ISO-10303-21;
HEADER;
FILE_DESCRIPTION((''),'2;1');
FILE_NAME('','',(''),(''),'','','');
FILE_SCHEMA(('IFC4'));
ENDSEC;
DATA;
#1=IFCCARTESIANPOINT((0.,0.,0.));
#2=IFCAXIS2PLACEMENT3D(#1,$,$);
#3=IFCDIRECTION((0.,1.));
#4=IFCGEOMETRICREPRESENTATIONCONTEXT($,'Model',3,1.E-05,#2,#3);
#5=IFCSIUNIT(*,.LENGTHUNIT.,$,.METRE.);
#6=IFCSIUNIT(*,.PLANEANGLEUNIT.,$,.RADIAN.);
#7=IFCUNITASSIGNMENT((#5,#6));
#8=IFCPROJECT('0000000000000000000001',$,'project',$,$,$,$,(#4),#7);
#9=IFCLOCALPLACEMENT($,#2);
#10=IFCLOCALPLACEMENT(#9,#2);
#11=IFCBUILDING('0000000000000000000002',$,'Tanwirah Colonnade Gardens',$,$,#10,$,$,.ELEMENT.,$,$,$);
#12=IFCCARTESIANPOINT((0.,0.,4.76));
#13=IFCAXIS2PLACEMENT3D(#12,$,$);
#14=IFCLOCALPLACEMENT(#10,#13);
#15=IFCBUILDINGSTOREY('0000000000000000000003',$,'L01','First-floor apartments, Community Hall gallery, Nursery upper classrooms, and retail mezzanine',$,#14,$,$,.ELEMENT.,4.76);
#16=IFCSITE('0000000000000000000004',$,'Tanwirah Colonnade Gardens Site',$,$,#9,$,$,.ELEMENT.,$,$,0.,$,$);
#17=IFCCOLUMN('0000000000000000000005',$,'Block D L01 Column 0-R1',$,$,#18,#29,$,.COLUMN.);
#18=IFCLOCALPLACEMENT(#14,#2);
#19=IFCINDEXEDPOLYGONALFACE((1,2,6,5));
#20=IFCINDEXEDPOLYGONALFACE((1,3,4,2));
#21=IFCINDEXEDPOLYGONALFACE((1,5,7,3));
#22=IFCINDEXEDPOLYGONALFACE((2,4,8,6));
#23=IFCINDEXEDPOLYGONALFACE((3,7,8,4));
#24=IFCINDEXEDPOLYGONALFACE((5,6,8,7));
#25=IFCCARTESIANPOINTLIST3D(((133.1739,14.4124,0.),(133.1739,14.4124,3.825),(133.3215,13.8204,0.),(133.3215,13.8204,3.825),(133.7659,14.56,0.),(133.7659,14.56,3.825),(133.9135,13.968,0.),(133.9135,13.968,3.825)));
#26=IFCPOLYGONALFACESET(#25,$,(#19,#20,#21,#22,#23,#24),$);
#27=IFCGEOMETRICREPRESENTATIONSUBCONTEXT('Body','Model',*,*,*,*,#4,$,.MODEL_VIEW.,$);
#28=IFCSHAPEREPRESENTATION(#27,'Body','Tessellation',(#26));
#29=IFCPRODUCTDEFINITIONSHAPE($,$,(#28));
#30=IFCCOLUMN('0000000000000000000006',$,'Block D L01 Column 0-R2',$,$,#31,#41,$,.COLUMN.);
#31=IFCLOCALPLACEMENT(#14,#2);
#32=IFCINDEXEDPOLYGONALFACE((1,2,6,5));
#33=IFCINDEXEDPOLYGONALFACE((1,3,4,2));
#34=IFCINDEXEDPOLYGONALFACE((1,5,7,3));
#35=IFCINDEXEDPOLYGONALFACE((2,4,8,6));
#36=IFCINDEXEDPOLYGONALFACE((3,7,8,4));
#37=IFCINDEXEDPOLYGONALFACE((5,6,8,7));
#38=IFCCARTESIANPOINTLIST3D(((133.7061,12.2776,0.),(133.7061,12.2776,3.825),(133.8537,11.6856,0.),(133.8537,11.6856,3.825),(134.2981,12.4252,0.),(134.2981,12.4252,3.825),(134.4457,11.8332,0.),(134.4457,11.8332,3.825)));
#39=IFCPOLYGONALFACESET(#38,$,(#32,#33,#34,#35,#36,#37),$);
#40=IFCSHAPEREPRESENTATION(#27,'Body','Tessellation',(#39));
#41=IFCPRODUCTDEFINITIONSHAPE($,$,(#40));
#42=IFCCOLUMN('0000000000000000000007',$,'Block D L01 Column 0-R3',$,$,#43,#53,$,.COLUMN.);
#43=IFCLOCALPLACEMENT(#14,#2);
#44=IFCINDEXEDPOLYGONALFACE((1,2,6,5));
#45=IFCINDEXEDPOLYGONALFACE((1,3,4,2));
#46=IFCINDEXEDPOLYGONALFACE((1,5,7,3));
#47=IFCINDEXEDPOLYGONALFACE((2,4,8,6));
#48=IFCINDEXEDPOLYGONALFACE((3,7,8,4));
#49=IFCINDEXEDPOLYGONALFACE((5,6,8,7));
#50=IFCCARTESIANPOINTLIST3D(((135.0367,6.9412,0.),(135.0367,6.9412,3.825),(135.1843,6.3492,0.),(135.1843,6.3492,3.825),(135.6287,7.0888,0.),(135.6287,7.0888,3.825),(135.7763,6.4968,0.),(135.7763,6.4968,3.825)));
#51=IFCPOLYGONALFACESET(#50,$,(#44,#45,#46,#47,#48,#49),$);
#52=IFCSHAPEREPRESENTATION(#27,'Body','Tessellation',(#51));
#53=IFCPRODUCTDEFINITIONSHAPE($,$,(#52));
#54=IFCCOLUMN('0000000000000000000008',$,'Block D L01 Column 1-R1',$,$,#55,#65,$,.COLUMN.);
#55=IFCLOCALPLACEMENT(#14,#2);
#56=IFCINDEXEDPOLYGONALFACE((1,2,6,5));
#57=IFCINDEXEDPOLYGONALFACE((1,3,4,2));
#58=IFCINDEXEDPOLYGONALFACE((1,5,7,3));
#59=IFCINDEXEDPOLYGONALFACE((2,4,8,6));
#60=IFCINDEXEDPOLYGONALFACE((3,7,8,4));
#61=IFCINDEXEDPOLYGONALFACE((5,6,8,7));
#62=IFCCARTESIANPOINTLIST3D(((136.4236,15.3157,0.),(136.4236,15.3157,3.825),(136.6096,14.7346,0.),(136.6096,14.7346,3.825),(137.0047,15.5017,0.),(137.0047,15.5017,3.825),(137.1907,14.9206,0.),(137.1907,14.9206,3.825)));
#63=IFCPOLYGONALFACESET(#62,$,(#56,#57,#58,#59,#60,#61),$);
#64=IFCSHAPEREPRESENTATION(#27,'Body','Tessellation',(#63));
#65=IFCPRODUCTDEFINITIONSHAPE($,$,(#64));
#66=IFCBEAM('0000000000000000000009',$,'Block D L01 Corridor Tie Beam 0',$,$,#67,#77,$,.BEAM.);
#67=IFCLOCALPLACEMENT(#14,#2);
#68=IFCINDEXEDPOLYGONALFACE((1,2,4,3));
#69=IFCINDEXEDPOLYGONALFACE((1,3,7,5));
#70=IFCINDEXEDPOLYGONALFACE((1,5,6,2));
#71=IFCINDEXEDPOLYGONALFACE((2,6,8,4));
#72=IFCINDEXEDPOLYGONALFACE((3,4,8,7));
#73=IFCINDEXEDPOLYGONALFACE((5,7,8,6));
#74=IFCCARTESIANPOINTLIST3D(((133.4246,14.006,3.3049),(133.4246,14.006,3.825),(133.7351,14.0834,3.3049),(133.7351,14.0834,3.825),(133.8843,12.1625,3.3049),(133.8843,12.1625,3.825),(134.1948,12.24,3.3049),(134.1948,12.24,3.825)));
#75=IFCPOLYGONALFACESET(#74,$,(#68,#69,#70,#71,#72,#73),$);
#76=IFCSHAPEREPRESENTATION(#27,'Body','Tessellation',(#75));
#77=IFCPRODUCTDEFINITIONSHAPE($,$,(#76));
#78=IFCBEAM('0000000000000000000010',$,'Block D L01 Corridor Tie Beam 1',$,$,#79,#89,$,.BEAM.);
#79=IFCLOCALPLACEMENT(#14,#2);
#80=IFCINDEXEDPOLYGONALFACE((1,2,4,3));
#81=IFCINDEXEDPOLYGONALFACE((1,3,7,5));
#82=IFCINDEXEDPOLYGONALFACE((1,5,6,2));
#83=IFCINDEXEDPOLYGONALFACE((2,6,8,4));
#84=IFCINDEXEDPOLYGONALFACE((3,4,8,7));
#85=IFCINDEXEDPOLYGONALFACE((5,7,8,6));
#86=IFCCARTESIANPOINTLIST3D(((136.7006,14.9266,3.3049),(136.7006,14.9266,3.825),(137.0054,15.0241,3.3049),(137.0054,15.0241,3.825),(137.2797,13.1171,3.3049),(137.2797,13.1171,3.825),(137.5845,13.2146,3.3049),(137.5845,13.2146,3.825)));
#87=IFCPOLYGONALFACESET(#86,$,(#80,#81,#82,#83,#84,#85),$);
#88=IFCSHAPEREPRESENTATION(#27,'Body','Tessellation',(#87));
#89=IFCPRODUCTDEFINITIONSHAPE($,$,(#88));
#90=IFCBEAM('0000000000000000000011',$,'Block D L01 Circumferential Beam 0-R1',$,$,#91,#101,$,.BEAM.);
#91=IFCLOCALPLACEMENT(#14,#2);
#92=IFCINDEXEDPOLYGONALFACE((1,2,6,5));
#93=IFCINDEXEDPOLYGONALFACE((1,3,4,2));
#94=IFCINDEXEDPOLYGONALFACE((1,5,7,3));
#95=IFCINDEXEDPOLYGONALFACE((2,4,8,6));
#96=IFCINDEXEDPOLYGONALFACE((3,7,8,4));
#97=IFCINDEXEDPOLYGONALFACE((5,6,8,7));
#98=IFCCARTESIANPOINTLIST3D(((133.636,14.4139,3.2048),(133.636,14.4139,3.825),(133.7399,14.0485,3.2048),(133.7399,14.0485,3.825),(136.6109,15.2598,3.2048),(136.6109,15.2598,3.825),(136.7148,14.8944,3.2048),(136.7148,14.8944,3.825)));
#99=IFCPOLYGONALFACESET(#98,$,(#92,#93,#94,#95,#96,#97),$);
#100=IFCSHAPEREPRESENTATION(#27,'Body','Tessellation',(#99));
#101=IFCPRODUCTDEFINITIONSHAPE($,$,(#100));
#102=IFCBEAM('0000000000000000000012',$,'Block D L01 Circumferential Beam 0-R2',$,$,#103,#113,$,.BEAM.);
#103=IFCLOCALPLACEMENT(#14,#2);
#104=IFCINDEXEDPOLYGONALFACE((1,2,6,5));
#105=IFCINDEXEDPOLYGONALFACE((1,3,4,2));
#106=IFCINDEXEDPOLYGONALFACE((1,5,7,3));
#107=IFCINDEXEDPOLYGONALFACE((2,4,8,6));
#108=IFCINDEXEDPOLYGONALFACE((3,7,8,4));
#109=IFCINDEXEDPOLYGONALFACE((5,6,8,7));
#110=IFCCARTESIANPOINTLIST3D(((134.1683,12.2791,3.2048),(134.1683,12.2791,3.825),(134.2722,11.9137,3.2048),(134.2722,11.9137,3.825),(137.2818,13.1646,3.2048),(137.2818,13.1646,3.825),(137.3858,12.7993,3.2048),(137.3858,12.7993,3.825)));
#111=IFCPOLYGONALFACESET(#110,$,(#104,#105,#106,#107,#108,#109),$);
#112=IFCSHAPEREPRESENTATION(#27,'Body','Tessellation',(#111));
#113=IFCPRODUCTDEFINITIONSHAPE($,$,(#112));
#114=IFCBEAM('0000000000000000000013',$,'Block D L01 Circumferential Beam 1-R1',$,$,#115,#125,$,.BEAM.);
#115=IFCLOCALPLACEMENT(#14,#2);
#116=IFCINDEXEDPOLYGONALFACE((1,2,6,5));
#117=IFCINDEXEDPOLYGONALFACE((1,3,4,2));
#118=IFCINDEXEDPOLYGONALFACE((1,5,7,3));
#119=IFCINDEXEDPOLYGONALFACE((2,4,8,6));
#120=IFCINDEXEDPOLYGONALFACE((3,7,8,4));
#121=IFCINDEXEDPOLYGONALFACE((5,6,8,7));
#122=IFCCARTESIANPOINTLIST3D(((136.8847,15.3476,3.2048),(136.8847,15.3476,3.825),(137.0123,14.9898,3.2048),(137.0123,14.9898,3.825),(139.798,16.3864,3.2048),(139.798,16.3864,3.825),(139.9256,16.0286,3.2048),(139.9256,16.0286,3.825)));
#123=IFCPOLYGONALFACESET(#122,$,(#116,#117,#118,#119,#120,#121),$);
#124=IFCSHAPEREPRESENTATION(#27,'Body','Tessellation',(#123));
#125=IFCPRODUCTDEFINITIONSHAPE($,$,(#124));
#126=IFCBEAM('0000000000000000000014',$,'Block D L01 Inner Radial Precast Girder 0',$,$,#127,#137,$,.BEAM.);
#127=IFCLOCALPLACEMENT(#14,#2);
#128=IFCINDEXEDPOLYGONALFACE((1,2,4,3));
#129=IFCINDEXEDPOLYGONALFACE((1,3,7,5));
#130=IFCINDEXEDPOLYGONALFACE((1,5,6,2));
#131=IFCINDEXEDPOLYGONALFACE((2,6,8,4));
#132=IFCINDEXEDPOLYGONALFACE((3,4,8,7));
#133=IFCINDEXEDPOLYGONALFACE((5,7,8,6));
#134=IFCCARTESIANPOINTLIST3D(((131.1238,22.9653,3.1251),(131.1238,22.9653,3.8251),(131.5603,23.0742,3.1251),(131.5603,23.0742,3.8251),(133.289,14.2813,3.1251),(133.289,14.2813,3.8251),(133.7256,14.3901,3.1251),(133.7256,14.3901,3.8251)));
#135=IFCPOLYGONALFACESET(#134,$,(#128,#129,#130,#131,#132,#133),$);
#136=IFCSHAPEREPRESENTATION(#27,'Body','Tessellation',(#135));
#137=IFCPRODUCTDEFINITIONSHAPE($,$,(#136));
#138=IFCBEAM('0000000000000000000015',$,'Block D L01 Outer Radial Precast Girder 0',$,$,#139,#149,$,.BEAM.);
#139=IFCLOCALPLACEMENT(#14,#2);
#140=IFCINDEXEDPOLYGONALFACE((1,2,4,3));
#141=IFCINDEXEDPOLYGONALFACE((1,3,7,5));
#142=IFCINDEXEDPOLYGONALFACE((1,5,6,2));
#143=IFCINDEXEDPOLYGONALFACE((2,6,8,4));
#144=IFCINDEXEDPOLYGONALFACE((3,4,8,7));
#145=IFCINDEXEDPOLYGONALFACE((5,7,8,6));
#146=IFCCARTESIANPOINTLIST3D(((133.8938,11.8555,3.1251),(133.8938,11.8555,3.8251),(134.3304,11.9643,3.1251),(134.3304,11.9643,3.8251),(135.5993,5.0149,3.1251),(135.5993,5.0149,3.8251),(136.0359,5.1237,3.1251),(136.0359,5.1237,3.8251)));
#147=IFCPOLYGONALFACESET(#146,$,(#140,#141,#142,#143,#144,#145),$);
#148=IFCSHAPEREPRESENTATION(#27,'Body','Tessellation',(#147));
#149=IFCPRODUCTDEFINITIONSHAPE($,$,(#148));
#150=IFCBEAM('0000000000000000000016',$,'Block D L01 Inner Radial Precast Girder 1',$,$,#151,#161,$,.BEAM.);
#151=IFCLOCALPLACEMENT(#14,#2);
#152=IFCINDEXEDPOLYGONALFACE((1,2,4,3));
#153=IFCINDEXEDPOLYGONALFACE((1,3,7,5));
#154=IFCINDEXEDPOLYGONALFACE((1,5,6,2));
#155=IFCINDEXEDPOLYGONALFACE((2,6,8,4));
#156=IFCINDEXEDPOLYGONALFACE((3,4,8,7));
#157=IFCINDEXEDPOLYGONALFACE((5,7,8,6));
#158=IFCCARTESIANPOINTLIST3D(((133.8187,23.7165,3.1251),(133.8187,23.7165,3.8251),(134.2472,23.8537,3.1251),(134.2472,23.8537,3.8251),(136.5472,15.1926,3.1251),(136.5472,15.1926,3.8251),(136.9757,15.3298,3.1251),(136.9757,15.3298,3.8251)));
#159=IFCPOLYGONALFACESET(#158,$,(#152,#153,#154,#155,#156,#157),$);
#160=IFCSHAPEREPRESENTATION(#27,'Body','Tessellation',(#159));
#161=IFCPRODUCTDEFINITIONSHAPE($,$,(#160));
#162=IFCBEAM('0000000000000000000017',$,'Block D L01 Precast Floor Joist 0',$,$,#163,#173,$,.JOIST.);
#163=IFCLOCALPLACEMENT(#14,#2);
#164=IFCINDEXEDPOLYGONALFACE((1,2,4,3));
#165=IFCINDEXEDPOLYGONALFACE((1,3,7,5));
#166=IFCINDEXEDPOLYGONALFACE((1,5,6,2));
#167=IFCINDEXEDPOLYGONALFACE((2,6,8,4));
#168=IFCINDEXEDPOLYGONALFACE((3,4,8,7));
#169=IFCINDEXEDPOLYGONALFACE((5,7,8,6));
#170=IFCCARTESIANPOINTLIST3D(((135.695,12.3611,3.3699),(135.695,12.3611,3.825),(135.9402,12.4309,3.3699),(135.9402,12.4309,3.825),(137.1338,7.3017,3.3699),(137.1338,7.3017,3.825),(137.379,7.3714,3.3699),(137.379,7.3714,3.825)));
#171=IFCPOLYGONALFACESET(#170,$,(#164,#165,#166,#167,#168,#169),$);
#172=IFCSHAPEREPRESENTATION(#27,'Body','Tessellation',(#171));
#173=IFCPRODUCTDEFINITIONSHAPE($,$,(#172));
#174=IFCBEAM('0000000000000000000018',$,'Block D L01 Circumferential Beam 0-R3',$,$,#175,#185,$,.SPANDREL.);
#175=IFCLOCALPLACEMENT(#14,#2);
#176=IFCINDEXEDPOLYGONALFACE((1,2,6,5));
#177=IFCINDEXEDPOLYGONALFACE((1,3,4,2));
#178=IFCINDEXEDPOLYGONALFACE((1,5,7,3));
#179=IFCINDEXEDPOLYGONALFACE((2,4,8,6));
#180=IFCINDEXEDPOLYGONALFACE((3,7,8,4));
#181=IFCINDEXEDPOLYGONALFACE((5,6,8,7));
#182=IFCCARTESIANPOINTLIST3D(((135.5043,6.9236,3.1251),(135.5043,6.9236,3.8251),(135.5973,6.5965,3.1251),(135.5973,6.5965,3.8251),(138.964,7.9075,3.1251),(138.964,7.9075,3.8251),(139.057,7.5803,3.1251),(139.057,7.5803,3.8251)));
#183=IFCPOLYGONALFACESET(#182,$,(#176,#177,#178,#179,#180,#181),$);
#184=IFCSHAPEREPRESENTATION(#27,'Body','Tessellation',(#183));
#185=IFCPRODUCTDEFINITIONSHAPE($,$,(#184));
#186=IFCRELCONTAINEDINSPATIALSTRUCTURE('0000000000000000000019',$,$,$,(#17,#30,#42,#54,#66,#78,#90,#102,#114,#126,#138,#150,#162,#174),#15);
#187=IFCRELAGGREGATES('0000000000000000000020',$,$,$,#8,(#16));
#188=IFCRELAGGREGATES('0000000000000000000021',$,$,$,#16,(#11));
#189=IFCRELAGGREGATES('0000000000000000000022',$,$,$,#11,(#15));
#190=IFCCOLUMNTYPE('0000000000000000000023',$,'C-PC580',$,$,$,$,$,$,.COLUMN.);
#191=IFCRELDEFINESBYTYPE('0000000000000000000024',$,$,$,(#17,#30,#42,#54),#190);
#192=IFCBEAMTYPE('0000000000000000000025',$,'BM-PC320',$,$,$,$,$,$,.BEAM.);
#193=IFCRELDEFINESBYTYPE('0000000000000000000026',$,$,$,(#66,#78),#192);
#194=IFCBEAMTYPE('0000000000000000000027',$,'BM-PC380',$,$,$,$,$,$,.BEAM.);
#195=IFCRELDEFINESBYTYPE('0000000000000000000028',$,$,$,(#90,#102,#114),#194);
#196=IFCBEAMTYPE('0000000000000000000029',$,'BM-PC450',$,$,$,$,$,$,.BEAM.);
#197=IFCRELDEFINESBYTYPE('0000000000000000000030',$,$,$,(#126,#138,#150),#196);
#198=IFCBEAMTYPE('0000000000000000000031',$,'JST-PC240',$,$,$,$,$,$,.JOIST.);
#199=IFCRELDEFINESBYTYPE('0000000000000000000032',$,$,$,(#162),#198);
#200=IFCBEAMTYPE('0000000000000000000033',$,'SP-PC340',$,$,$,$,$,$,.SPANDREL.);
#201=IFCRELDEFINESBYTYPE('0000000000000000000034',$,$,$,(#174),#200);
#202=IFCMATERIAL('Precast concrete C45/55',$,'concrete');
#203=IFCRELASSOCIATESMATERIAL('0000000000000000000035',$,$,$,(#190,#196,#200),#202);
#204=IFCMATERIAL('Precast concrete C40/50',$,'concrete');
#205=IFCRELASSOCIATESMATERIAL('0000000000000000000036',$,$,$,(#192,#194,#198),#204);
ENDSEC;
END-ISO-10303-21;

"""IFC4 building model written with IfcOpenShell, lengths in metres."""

from ifc_helpers import new_model, si_unit, direction, frame, origin, origin_2d, place, context, subcontext, project, spatial, rectangle, extrude, material, material_profile, profile_set, type_object, element, save


model = new_model("IFC4")

# Units and contexts
model_context = context("Model", 3, precision=1e-05, world=origin(), true_north=direction((0.0, 1.0)))
body_context = subcontext(model_context, "Body", "Model", "MODEL_VIEW")
ifc_project = project(units=[si_unit("LENGTHUNIT", "METRE"), si_unit("PLANEANGLEUNIT", "RADIAN")], contexts=[model_context])

# Site, building, storey
site_placement = place(None, origin())
site = spatial("IfcSite", under=ifc_project, at=site_placement, Name="Tanwirah Colonnade Gardens Site", CompositionType="ELEMENT", RefElevation=0.0)
building_placement = place(site_placement, origin())
building = spatial("IfcBuilding", under=site, at=building_placement, Name="Tanwirah Colonnade Gardens", CompositionType="ELEMENT")
storey_placement = place(building_placement, frame((0.0, 0.0, 4.76)))
storey = spatial("IfcBuildingStorey", under=building, at=storey_placement, Name="L01", Description="First-floor apartments, Community Hall gallery, Nursery upper classrooms, and retail mezzanine", CompositionType="ELEMENT", Elevation=4.76)

# Columns
ifc_material_1 = material(Name="Precast concrete C45/55", Category="concrete")
ifc_material_profile_1 = material_profile(ifc_material_1, rectangle(XDim=0.6101, YDim=0.6101, at=origin_2d()), Name="PC-COL 610x610")
ifc_profile_set_1 = profile_set([ifc_material_profile_1], Name="Precast concrete C45/55")
column_type = type_object("IfcColumnType", Name="C-PC580", PredefinedType="COLUMN", material=ifc_profile_set_1)
for number, where, z_axis, x_axis, name in (
    (1, (133.5437, 14.1902, 0.0), (0.0, 0.0, 1.0), (0.241922, -0.970296, 0.0), "Block D L01 Column 0-R1"),
    (2, (134.0759, 12.0554, 0.0), (0.0, 0.0, 1.0), (0.241922, -0.970296, 0.0), "Block D L01 Column 0-R2"),
    (3, (135.4065, 6.719, 0.0), (0.0, 0.0, 1.0), (0.241922, -0.970296, 0.0), "Block D L01 Column 0-R3"),
    (4, (136.8071, 15.1182, 0.0), (0.0, 0.0, 1.0), (0.304864, -0.952396, 0.0), "Block D L01 Column 1-R1"),
):
    element("IfcColumn", number, at=place(storey_placement, frame(where, z_axis=z_axis, x_axis=x_axis)), inside=storey, type_object=column_type, Name=name, PredefinedType="COLUMN", context=body_context, shape_type="SweptSolid", body=[
        extrude(rectangle(XDim=0.6101, YDim=0.6101, at=origin_2d()), origin(), (0.0, 0.0, 1.0), 3.825),
    ])

# Beams
ifc_material_2 = material(Name="Precast concrete C40/50", Category="concrete")
ifc_material_profile_2 = material_profile(ifc_material_2, rectangle(XDim=0.3201, YDim=0.52, at=origin_2d()), Name="PC-BM 320x520")
ifc_profile_set_2 = profile_set([ifc_material_profile_2], Name="Precast concrete C40/50")
beam_type_1 = type_object("IfcBeamType", Name="BM-PC320", PredefinedType="BEAM", material=ifc_profile_set_2)
for number, where, z_axis, x_axis, name in (
    (5, (133.5798, 14.0447, 3.5649), (0.241961, -0.970286, 0.0), (0.970286, 0.241961, 0.0), "Block D L01 Corridor Tie Beam 0"),
    (6, (136.853, 14.9753, 3.5649), (0.304794, -0.952418, 0.0), (0.952418, 0.304794, 0.0), "Block D L01 Corridor Tie Beam 1"),
):
    element("IfcBeam", number, at=place(storey_placement, frame(where, z_axis=z_axis, x_axis=x_axis)), inside=storey, type_object=beam_type_1, Name=name, PredefinedType="BEAM", context=body_context, shape_type="SweptSolid", body=[
        extrude(rectangle(XDim=0.3201, YDim=0.52, at=origin_2d()), origin(), (0.0, 0.0, 1.0), 1.8999),
    ])
ifc_material_profile_3 = material_profile(ifc_material_2, rectangle(XDim=0.3799, YDim=0.6201, at=origin_2d()), Name="PC-BM 380x620")
ifc_profile_set_3 = profile_set([ifc_material_profile_3], Name="Precast concrete C40/50")
beam_type_2 = type_object("IfcBeamType", Name="BM-PC380", PredefinedType="BEAM", material=ifc_profile_set_3)
beam_1_placement = place(storey_placement, frame((133.688, 14.2312, 3.5149), z_axis=(0.961866, 0.273522, 0.0), x_axis=(-0.273522, 0.961866, 0.0)))
element("IfcBeam", 7, at=beam_1_placement, inside=storey, type_object=beam_type_2, Name="Block D L01 Circumferential Beam 0-R1", PredefinedType="BEAM", context=body_context, shape_type="SweptSolid", body=[
    extrude(rectangle(XDim=0.3799, YDim=0.6201, at=origin_2d()), origin(), (0.0, 0.0, 1.0), 3.0928),
])
beam_2_placement = place(storey_placement, frame((134.2202, 12.0964, 3.5149), z_axis=(0.961856, 0.273555, 0.0), x_axis=(-0.273555, 0.961856, 0.0)))
element("IfcBeam", 8, at=beam_2_placement, inside=storey, type_object=beam_type_2, Name="Block D L01 Circumferential Beam 0-R2", PredefinedType="BEAM", context=body_context, shape_type="SweptSolid", body=[
    extrude(rectangle(XDim=0.3799, YDim=0.6201, at=origin_2d()), origin(), (0.0, 0.0, 1.0), 3.2371),
])
beam_3_placement = place(storey_placement, frame((136.9485, 15.1687, 3.5149), z_axis=(0.941911, 0.335861, 0.0), x_axis=(-0.335861, 0.941911, 0.0)))
element("IfcBeam", 9, at=beam_3_placement, inside=storey, type_object=beam_type_2, Name="Block D L01 Circumferential Beam 1-R1", PredefinedType="BEAM", context=body_context, shape_type="SweptSolid", body=[
    extrude(rectangle(XDim=0.3799, YDim=0.6201, at=origin_2d()), origin(), (0.0, 0.0, 1.0), 3.093),
])
ifc_material_profile_4 = material_profile(ifc_material_1, rectangle(XDim=0.45, YDim=0.7, at=origin_2d()), Name="PC-BM 450x700")
ifc_profile_set_4 = profile_set([ifc_material_profile_4], Name="Precast concrete C45/55")
beam_type_3 = type_object("IfcBeamType", Name="BM-PC450", PredefinedType="BEAM", material=ifc_profile_set_4)
beam_4_placement = place(storey_placement, frame((133.5073, 14.3357, 3.4751), z_axis=(-0.241932, 0.970293, 0.0), x_axis=(-0.970293, -0.241932, 0.0)))
element("IfcBeam", 10, at=beam_4_placement, inside=storey, type_object=beam_type_3, Name="Block D L01 Inner Radial Precast Girder 0", PredefinedType="BEAM", context=body_context, shape_type="SweptSolid", body=[
    extrude(rectangle(XDim=0.45, YDim=0.7, at=origin_2d()), origin(), (0.0, 0.0, 1.0), 8.95),
])
beam_5_placement = place(storey_placement, frame((134.1121, 11.9099, 3.4751), z_axis=(0.241924, -0.970295, 0.0), x_axis=(0.970295, 0.241924, 0.0)))
element("IfcBeam", 11, at=beam_5_placement, inside=storey, type_object=beam_type_3, Name="Block D L01 Outer Radial Precast Girder 0", PredefinedType="BEAM", context=body_context, shape_type="SweptSolid", body=[
    extrude(rectangle(XDim=0.45, YDim=0.7, at=origin_2d()), origin(), (0.0, 0.0, 1.0), 7.05),
])
beam_6_placement = place(storey_placement, frame((136.7615, 15.2612, 3.4751), z_axis=(-0.304863, 0.952396, 0.0), x_axis=(-0.952396, -0.304863, 0.0)))
element("IfcBeam", 12, at=beam_6_placement, inside=storey, type_object=beam_type_3, Name="Block D L01 Inner Radial Precast Girder 1", PredefinedType="BEAM", context=body_context, shape_type="SweptSolid", body=[
    extrude(rectangle(XDim=0.45, YDim=0.7, at=origin_2d()), origin(), (0.0, 0.0, 1.0), 8.95),
])
ifc_material_profile_5 = material_profile(ifc_material_2, rectangle(XDim=0.2549, YDim=0.4551, at=origin_2d()), Name="PC-JST 255x455")
ifc_profile_set_5 = profile_set([ifc_material_profile_5], Name="Precast concrete C40/50")
beam_type_4 = type_object("IfcBeamType", Name="JST-PC240", PredefinedType="JOIST", material=ifc_profile_set_5)
beam_7_placement = place(storey_placement, frame((135.8176, 12.396, 3.5974), z_axis=(0.273526, -0.961865, 0.0), x_axis=(0.961865, 0.273526, 0.0)))
element("IfcBeam", 13, at=beam_7_placement, inside=storey, type_object=beam_type_4, Name="Block D L01 Precast Floor Joist 0", PredefinedType="JOIST", context=body_context, shape_type="SweptSolid", body=[
    extrude(rectangle(XDim=0.2549, YDim=0.4551, at=origin_2d()), origin(), (0.0, 0.0, 1.0), 5.26),
])
ifc_material_profile_6 = material_profile(ifc_material_1, rectangle(XDim=0.3401, YDim=0.7, at=origin_2d()), Name="PC-SP 340x700")
ifc_profile_set_6 = profile_set([ifc_material_profile_6], Name="Precast concrete C45/55")
beam_type_5 = type_object("IfcBeamType", Name="SP-PC340", PredefinedType="SPANDREL", material=ifc_profile_set_6)
beam_8_placement = place(storey_placement, frame((135.5508, 6.76, 3.4751), z_axis=(0.961861, 0.273538, 0.0), x_axis=(-0.273538, 0.961861, 0.0)))
element("IfcBeam", 14, at=beam_8_placement, inside=storey, type_object=beam_type_5, Name="Block D L01 Circumferential Beam 0-R3", PredefinedType="SPANDREL", context=body_context, shape_type="SweptSolid", body=[
    extrude(rectangle(XDim=0.3401, YDim=0.7, at=origin_2d()), origin(), (0.0, 0.0, 1.0), 3.5969),
])

save(model, "model.ifc")
